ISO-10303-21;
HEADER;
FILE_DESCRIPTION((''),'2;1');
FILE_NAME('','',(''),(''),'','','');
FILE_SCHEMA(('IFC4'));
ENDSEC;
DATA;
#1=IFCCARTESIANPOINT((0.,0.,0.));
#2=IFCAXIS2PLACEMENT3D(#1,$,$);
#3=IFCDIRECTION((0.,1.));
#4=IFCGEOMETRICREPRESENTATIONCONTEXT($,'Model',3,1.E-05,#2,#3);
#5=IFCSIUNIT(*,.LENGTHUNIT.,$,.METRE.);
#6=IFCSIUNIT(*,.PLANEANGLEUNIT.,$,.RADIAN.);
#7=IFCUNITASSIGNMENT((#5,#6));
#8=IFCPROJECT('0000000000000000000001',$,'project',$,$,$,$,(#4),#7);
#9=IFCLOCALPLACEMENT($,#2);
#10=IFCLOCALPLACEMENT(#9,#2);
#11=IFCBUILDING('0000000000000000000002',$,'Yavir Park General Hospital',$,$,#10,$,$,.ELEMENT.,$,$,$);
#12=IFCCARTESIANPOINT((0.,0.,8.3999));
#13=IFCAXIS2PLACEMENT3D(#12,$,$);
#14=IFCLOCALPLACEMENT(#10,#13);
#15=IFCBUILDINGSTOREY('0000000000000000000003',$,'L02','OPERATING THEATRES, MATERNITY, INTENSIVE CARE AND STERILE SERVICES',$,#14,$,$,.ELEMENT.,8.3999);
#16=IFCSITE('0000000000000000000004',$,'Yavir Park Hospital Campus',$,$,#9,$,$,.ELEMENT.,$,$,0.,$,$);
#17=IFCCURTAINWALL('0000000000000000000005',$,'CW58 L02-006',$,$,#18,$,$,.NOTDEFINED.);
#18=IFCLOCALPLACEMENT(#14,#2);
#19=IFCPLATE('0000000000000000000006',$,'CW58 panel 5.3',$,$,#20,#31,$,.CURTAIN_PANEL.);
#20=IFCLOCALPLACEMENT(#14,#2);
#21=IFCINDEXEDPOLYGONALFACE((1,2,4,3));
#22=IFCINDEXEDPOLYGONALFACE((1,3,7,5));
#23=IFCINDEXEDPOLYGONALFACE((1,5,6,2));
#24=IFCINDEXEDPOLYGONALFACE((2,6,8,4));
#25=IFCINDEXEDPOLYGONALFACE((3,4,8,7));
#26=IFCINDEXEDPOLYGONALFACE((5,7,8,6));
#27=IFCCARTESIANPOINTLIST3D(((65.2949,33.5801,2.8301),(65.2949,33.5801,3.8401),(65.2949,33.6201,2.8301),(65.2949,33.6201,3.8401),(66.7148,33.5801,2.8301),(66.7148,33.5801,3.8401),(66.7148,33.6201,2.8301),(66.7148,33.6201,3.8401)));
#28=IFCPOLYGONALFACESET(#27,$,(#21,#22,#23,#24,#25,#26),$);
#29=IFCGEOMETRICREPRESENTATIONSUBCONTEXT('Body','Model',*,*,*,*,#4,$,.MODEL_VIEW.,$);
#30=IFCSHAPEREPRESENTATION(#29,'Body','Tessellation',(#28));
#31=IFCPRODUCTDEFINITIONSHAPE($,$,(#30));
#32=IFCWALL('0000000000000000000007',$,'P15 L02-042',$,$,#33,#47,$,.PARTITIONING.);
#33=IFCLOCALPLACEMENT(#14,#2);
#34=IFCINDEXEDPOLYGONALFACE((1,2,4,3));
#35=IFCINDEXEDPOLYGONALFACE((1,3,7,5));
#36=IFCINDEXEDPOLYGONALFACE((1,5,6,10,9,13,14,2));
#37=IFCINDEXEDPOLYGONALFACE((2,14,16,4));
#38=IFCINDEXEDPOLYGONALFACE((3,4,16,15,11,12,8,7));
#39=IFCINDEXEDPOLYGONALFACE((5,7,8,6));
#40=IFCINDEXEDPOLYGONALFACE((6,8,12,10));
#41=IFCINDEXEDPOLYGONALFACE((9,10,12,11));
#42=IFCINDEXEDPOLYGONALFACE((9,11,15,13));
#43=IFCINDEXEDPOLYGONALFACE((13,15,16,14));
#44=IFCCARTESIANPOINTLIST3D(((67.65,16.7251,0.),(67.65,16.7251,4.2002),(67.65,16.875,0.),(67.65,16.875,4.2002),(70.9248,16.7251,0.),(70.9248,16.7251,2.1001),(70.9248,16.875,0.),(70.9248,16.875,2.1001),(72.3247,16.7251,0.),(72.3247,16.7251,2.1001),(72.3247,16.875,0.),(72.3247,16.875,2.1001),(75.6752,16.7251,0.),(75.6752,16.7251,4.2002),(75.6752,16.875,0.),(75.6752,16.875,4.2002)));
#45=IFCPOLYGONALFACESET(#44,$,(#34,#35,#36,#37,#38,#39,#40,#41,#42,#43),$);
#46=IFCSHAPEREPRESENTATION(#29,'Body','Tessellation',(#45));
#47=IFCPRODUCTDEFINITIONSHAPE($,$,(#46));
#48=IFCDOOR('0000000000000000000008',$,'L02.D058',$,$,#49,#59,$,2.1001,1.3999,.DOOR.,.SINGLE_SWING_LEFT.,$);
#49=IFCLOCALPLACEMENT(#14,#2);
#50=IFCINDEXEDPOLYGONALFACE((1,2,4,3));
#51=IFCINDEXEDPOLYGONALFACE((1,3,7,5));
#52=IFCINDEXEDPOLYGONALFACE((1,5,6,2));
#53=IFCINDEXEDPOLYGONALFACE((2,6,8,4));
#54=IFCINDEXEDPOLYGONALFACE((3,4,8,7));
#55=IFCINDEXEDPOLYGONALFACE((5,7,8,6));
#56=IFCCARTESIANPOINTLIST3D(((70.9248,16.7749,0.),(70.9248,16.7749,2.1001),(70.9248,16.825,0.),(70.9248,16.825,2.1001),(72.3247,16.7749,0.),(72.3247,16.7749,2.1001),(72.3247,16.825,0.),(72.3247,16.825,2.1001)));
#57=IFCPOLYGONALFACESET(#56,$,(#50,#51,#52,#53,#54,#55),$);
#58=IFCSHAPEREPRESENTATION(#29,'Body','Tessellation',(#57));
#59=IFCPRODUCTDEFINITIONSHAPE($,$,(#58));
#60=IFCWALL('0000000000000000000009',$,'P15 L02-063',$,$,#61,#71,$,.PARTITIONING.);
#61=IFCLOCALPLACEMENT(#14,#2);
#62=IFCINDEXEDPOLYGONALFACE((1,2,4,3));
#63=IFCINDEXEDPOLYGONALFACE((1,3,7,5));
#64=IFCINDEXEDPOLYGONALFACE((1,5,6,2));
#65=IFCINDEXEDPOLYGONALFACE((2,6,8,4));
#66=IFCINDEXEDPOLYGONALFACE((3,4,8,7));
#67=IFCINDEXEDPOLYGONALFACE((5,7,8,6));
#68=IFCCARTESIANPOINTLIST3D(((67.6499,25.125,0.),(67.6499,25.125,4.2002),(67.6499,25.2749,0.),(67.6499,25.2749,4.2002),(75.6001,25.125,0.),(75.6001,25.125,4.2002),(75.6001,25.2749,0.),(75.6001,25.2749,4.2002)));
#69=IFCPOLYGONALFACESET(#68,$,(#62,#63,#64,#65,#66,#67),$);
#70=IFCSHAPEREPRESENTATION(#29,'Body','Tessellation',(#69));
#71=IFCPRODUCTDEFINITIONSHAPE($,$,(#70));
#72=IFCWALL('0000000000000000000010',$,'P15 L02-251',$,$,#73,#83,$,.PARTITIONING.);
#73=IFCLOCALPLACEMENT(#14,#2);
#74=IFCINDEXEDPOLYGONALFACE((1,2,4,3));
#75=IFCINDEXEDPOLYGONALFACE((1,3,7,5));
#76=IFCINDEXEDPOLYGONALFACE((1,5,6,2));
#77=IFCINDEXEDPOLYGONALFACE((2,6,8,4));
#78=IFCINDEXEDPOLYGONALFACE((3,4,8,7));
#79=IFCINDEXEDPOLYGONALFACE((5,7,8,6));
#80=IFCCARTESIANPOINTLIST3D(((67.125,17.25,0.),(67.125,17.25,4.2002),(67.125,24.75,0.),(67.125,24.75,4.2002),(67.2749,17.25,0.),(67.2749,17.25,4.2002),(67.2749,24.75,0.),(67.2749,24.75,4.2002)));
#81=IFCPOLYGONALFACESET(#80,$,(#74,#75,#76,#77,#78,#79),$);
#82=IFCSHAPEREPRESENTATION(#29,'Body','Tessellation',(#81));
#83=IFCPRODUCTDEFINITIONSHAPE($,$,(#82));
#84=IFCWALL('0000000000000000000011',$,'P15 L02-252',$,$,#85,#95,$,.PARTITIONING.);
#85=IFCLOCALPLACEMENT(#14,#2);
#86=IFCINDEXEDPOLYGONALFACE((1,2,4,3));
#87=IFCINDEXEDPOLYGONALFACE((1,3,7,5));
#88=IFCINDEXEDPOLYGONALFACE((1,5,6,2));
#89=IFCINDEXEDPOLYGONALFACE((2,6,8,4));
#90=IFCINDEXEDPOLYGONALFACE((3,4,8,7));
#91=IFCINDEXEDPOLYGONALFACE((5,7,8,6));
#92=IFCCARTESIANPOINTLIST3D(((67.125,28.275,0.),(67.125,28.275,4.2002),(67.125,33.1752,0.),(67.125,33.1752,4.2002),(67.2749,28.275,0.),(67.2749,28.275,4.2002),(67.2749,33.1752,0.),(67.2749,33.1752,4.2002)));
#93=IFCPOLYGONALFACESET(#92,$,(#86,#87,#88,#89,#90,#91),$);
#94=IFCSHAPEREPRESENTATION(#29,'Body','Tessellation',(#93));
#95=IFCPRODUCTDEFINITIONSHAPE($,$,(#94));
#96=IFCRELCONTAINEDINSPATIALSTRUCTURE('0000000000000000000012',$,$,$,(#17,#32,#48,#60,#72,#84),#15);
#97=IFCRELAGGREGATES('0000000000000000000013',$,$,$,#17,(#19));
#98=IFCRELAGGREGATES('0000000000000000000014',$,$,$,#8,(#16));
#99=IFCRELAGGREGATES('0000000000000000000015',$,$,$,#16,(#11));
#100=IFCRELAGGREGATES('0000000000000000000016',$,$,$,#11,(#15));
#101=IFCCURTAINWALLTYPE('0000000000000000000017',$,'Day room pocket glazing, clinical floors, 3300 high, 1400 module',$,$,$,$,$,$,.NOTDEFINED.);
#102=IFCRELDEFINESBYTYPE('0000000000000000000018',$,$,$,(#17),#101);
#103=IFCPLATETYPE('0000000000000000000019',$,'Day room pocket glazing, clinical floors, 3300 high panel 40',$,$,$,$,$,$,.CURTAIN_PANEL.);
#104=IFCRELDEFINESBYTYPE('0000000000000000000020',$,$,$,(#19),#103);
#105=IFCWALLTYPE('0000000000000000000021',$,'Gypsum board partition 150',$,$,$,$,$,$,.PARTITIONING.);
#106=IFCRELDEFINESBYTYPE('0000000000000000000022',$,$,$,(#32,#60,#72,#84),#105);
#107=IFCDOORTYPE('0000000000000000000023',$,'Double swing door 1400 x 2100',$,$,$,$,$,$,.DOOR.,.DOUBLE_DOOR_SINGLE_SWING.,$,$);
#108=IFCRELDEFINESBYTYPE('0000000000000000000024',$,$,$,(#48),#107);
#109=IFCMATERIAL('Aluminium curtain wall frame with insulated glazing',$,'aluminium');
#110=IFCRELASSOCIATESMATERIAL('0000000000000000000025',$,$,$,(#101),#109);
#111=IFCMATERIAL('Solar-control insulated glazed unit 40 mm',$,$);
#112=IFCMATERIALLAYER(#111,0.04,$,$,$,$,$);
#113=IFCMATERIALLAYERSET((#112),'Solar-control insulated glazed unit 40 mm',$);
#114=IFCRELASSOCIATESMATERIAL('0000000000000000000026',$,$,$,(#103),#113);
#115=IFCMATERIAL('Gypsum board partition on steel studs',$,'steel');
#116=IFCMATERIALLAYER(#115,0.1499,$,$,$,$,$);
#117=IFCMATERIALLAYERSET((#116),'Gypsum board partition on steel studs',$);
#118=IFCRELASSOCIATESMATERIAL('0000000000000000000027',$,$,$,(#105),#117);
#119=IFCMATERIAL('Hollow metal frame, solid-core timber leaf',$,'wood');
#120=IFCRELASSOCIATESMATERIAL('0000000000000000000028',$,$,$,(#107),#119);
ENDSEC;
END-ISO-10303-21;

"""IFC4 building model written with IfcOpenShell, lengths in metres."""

from ifc_helpers import new_model, si_unit, direction, frame, frame_2d, origin, origin_2d, place, context, subcontext, project, spatial, rectangle, extrude, material, layer, layer_set, type_object, element, fill, aggregate, save


model = new_model("IFC4")

# Units and contexts
model_context = context("Model", 3, precision=1e-05, world=origin(), true_north=direction((0.0, 1.0)))
body_context = subcontext(model_context, "Body", "Model", "MODEL_VIEW")
ifc_project = project(units=[si_unit("LENGTHUNIT", "METRE"), si_unit("PLANEANGLEUNIT", "RADIAN")], contexts=[model_context])

# Site, building, storey
site_placement = place(None, origin())
site = spatial("IfcSite", under=ifc_project, at=site_placement, Name="Yavir Park Hospital Campus", CompositionType="ELEMENT", RefElevation=0.0)
building_placement = place(site_placement, origin())
building = spatial("IfcBuilding", under=site, at=building_placement, Name="Yavir Park General Hospital", CompositionType="ELEMENT")
storey_placement = place(building_placement, frame((0.0, 0.0, 8.3999)))
storey = spatial("IfcBuildingStorey", under=building, at=storey_placement, Name="L02", Description="OPERATING THEATRES, MATERNITY, INTENSIVE CARE AND STERILE SERVICES", CompositionType="ELEMENT", Elevation=8.3999)

# Curtain wall, plate
ifc_material_1 = material(Name="Aluminium curtain wall frame with insulated glazing", Category="aluminium")
curtain_wall_type = type_object("IfcCurtainWallType", Name="Day room pocket glazing, clinical floors, 3300 high, 1400 module", PredefinedType="NOTDEFINED", material=ifc_material_1)
curtain_wall_placement = place(storey_placement, origin())
curtain_wall = element("IfcCurtainWall", 1, at=curtain_wall_placement, inside=storey, type_object=curtain_wall_type, Name="CW58 L02-006", PredefinedType="NOTDEFINED")
ifc_material_2 = material(Name="Solar-control insulated glazed unit 40 mm")
ifc_layer_1 = layer(ifc_material_2, 0.04)
ifc_layer_set_1 = layer_set([ifc_layer_1], Name="Solar-control insulated glazed unit 40 mm")
plate_type = type_object("IfcPlateType", Name="Day room pocket glazing, clinical floors, 3300 high panel 40", PredefinedType="CURTAIN_PANEL", material=ifc_layer_set_1)
plate_1_placement = place(storey_placement, frame((66.0049, 33.6001, 2.8301), z_axis=(0.0, 0.0, 1.0), x_axis=(1.0, 0.0, 0.0)))
plate_1 = element("IfcPlate", 2, at=plate_1_placement, type_object=plate_type, Name="CW58 panel 5.3", PredefinedType="CURTAIN_PANEL", context=body_context, shape_type="SweptSolid", body=[
    extrude(rectangle(XDim=1.4199, YDim=0.04, at=origin_2d()), origin(), (0.0, 0.0, 1.0), 1.01),
])
aggregate(curtain_wall, [plate_1])

# Shared definitions
ifc_material_3 = material(Name="Gypsum board partition on steel studs", Category="steel")
ifc_layer_2 = layer(ifc_material_3, 0.1499)
ifc_layer_set_2 = layer_set([ifc_layer_2], Name="Gypsum board partition on steel studs")
wall_type = type_object("IfcWallType", Name="Gypsum board partition 150", PredefinedType="PARTITIONING", material=ifc_layer_set_2)

# Wall, opening, door
wall_1_placement = place(storey_placement, frame((67.6499, 16.8, 0.0), z_axis=(0.0, 0.0, 1.0), x_axis=(1.0, 0.0, 0.0)))
wall_1 = element("IfcWall", 3, at=wall_1_placement, inside=storey, type_object=wall_type, Name="P15 L02-042", PredefinedType="PARTITIONING", context=body_context, shape_type="SweptSolid", body=[
    extrude(rectangle(XDim=8.0251, YDim=0.1499, at=frame_2d((4.0127, 0.0))), origin(), (0.0, 0.0, 1.0), 4.2002),
])
opening_1_placement = place(wall_1_placement, frame((3.2749, 0.0, 0.0)))
opening_1 = element("IfcOpeningElement", 4, at=opening_1_placement, cuts=wall_1, PredefinedType="OPENING", context=body_context, shape_type="SweptSolid", body=[
    extrude(rectangle(XDim=1.3999, YDim=2.1001, at=frame_2d((0.7, 1.05))), frame((0.0, 0.085, 0.0), z_axis=(0.0, -1.0, 0.0), x_axis=(1.0, 0.0, 0.0)), (0.0, 0.0, 1.0), 0.1699),
])
ifc_material_4 = material(Name="Hollow metal frame, solid-core timber leaf", Category="wood")
door_type_1 = type_object("IfcDoorType", Name="Double swing door 1400 x 2100", OperationType="DOUBLE_DOOR_SINGLE_SWING", PredefinedType="DOOR", material=ifc_material_4)
door_1_placement = place(opening_1_placement, origin())
door_1 = element("IfcDoor", 5, at=door_1_placement, inside=storey, type_object=door_type_1, Name="L02.D058", OperationType="SINGLE_SWING_LEFT", OverallHeight=2.1001, OverallWidth=1.3999, PredefinedType="DOOR", context=body_context, shape_type="SweptSolid", body=[
    extrude(rectangle(XDim=1.3999, YDim=2.1001, at=frame_2d((0.7, 1.05))), frame((0.0, 0.0249, 0.0), z_axis=(0.0, -1.0, 0.0), x_axis=(1.0, 0.0, 0.0)), (0.0, 0.0, 1.0), 0.05),
])
fill(opening_1, door_1)

# Walls
wall_2_placement = place(storey_placement, frame((67.6499, 25.2, 0.0), z_axis=(0.0, 0.0, 1.0), x_axis=(1.0, 0.0, 0.0)))
element("IfcWall", 6, at=wall_2_placement, inside=storey, type_object=wall_type, Name="P15 L02-063", PredefinedType="PARTITIONING", context=body_context, shape_type="SweptSolid", body=[
    extrude(rectangle(XDim=7.9502, YDim=0.1499, at=frame_2d((3.9751, 0.0))), origin(), (0.0, 0.0, 1.0), 4.2002),
])
wall_3_placement = place(storey_placement, frame((67.2, 17.25, 0.0), z_axis=(0.0, 0.0, 1.0), x_axis=(0.0, 1.0, 0.0)))
element("IfcWall", 7, at=wall_3_placement, inside=storey, type_object=wall_type, Name="P15 L02-251", PredefinedType="PARTITIONING", context=body_context, shape_type="SweptSolid", body=[
    extrude(rectangle(XDim=7.5, YDim=0.1499, at=frame_2d((3.75, 0.0))), origin(), (0.0, 0.0, 1.0), 4.2002),
])
wall_4_placement = place(storey_placement, frame((67.2, 28.2749, 0.0), z_axis=(0.0, 0.0, 1.0), x_axis=(0.0, 1.0, 0.0)))
element("IfcWall", 8, at=wall_4_placement, inside=storey, type_object=wall_type, Name="P15 L02-252", PredefinedType="PARTITIONING", context=body_context, shape_type="SweptSolid", body=[
    extrude(rectangle(XDim=4.9001, YDim=0.1499, at=frame_2d((2.4502, 0.0))), origin(), (0.0, 0.0, 1.0), 4.2002),
])

save(model, "model.ifc")
